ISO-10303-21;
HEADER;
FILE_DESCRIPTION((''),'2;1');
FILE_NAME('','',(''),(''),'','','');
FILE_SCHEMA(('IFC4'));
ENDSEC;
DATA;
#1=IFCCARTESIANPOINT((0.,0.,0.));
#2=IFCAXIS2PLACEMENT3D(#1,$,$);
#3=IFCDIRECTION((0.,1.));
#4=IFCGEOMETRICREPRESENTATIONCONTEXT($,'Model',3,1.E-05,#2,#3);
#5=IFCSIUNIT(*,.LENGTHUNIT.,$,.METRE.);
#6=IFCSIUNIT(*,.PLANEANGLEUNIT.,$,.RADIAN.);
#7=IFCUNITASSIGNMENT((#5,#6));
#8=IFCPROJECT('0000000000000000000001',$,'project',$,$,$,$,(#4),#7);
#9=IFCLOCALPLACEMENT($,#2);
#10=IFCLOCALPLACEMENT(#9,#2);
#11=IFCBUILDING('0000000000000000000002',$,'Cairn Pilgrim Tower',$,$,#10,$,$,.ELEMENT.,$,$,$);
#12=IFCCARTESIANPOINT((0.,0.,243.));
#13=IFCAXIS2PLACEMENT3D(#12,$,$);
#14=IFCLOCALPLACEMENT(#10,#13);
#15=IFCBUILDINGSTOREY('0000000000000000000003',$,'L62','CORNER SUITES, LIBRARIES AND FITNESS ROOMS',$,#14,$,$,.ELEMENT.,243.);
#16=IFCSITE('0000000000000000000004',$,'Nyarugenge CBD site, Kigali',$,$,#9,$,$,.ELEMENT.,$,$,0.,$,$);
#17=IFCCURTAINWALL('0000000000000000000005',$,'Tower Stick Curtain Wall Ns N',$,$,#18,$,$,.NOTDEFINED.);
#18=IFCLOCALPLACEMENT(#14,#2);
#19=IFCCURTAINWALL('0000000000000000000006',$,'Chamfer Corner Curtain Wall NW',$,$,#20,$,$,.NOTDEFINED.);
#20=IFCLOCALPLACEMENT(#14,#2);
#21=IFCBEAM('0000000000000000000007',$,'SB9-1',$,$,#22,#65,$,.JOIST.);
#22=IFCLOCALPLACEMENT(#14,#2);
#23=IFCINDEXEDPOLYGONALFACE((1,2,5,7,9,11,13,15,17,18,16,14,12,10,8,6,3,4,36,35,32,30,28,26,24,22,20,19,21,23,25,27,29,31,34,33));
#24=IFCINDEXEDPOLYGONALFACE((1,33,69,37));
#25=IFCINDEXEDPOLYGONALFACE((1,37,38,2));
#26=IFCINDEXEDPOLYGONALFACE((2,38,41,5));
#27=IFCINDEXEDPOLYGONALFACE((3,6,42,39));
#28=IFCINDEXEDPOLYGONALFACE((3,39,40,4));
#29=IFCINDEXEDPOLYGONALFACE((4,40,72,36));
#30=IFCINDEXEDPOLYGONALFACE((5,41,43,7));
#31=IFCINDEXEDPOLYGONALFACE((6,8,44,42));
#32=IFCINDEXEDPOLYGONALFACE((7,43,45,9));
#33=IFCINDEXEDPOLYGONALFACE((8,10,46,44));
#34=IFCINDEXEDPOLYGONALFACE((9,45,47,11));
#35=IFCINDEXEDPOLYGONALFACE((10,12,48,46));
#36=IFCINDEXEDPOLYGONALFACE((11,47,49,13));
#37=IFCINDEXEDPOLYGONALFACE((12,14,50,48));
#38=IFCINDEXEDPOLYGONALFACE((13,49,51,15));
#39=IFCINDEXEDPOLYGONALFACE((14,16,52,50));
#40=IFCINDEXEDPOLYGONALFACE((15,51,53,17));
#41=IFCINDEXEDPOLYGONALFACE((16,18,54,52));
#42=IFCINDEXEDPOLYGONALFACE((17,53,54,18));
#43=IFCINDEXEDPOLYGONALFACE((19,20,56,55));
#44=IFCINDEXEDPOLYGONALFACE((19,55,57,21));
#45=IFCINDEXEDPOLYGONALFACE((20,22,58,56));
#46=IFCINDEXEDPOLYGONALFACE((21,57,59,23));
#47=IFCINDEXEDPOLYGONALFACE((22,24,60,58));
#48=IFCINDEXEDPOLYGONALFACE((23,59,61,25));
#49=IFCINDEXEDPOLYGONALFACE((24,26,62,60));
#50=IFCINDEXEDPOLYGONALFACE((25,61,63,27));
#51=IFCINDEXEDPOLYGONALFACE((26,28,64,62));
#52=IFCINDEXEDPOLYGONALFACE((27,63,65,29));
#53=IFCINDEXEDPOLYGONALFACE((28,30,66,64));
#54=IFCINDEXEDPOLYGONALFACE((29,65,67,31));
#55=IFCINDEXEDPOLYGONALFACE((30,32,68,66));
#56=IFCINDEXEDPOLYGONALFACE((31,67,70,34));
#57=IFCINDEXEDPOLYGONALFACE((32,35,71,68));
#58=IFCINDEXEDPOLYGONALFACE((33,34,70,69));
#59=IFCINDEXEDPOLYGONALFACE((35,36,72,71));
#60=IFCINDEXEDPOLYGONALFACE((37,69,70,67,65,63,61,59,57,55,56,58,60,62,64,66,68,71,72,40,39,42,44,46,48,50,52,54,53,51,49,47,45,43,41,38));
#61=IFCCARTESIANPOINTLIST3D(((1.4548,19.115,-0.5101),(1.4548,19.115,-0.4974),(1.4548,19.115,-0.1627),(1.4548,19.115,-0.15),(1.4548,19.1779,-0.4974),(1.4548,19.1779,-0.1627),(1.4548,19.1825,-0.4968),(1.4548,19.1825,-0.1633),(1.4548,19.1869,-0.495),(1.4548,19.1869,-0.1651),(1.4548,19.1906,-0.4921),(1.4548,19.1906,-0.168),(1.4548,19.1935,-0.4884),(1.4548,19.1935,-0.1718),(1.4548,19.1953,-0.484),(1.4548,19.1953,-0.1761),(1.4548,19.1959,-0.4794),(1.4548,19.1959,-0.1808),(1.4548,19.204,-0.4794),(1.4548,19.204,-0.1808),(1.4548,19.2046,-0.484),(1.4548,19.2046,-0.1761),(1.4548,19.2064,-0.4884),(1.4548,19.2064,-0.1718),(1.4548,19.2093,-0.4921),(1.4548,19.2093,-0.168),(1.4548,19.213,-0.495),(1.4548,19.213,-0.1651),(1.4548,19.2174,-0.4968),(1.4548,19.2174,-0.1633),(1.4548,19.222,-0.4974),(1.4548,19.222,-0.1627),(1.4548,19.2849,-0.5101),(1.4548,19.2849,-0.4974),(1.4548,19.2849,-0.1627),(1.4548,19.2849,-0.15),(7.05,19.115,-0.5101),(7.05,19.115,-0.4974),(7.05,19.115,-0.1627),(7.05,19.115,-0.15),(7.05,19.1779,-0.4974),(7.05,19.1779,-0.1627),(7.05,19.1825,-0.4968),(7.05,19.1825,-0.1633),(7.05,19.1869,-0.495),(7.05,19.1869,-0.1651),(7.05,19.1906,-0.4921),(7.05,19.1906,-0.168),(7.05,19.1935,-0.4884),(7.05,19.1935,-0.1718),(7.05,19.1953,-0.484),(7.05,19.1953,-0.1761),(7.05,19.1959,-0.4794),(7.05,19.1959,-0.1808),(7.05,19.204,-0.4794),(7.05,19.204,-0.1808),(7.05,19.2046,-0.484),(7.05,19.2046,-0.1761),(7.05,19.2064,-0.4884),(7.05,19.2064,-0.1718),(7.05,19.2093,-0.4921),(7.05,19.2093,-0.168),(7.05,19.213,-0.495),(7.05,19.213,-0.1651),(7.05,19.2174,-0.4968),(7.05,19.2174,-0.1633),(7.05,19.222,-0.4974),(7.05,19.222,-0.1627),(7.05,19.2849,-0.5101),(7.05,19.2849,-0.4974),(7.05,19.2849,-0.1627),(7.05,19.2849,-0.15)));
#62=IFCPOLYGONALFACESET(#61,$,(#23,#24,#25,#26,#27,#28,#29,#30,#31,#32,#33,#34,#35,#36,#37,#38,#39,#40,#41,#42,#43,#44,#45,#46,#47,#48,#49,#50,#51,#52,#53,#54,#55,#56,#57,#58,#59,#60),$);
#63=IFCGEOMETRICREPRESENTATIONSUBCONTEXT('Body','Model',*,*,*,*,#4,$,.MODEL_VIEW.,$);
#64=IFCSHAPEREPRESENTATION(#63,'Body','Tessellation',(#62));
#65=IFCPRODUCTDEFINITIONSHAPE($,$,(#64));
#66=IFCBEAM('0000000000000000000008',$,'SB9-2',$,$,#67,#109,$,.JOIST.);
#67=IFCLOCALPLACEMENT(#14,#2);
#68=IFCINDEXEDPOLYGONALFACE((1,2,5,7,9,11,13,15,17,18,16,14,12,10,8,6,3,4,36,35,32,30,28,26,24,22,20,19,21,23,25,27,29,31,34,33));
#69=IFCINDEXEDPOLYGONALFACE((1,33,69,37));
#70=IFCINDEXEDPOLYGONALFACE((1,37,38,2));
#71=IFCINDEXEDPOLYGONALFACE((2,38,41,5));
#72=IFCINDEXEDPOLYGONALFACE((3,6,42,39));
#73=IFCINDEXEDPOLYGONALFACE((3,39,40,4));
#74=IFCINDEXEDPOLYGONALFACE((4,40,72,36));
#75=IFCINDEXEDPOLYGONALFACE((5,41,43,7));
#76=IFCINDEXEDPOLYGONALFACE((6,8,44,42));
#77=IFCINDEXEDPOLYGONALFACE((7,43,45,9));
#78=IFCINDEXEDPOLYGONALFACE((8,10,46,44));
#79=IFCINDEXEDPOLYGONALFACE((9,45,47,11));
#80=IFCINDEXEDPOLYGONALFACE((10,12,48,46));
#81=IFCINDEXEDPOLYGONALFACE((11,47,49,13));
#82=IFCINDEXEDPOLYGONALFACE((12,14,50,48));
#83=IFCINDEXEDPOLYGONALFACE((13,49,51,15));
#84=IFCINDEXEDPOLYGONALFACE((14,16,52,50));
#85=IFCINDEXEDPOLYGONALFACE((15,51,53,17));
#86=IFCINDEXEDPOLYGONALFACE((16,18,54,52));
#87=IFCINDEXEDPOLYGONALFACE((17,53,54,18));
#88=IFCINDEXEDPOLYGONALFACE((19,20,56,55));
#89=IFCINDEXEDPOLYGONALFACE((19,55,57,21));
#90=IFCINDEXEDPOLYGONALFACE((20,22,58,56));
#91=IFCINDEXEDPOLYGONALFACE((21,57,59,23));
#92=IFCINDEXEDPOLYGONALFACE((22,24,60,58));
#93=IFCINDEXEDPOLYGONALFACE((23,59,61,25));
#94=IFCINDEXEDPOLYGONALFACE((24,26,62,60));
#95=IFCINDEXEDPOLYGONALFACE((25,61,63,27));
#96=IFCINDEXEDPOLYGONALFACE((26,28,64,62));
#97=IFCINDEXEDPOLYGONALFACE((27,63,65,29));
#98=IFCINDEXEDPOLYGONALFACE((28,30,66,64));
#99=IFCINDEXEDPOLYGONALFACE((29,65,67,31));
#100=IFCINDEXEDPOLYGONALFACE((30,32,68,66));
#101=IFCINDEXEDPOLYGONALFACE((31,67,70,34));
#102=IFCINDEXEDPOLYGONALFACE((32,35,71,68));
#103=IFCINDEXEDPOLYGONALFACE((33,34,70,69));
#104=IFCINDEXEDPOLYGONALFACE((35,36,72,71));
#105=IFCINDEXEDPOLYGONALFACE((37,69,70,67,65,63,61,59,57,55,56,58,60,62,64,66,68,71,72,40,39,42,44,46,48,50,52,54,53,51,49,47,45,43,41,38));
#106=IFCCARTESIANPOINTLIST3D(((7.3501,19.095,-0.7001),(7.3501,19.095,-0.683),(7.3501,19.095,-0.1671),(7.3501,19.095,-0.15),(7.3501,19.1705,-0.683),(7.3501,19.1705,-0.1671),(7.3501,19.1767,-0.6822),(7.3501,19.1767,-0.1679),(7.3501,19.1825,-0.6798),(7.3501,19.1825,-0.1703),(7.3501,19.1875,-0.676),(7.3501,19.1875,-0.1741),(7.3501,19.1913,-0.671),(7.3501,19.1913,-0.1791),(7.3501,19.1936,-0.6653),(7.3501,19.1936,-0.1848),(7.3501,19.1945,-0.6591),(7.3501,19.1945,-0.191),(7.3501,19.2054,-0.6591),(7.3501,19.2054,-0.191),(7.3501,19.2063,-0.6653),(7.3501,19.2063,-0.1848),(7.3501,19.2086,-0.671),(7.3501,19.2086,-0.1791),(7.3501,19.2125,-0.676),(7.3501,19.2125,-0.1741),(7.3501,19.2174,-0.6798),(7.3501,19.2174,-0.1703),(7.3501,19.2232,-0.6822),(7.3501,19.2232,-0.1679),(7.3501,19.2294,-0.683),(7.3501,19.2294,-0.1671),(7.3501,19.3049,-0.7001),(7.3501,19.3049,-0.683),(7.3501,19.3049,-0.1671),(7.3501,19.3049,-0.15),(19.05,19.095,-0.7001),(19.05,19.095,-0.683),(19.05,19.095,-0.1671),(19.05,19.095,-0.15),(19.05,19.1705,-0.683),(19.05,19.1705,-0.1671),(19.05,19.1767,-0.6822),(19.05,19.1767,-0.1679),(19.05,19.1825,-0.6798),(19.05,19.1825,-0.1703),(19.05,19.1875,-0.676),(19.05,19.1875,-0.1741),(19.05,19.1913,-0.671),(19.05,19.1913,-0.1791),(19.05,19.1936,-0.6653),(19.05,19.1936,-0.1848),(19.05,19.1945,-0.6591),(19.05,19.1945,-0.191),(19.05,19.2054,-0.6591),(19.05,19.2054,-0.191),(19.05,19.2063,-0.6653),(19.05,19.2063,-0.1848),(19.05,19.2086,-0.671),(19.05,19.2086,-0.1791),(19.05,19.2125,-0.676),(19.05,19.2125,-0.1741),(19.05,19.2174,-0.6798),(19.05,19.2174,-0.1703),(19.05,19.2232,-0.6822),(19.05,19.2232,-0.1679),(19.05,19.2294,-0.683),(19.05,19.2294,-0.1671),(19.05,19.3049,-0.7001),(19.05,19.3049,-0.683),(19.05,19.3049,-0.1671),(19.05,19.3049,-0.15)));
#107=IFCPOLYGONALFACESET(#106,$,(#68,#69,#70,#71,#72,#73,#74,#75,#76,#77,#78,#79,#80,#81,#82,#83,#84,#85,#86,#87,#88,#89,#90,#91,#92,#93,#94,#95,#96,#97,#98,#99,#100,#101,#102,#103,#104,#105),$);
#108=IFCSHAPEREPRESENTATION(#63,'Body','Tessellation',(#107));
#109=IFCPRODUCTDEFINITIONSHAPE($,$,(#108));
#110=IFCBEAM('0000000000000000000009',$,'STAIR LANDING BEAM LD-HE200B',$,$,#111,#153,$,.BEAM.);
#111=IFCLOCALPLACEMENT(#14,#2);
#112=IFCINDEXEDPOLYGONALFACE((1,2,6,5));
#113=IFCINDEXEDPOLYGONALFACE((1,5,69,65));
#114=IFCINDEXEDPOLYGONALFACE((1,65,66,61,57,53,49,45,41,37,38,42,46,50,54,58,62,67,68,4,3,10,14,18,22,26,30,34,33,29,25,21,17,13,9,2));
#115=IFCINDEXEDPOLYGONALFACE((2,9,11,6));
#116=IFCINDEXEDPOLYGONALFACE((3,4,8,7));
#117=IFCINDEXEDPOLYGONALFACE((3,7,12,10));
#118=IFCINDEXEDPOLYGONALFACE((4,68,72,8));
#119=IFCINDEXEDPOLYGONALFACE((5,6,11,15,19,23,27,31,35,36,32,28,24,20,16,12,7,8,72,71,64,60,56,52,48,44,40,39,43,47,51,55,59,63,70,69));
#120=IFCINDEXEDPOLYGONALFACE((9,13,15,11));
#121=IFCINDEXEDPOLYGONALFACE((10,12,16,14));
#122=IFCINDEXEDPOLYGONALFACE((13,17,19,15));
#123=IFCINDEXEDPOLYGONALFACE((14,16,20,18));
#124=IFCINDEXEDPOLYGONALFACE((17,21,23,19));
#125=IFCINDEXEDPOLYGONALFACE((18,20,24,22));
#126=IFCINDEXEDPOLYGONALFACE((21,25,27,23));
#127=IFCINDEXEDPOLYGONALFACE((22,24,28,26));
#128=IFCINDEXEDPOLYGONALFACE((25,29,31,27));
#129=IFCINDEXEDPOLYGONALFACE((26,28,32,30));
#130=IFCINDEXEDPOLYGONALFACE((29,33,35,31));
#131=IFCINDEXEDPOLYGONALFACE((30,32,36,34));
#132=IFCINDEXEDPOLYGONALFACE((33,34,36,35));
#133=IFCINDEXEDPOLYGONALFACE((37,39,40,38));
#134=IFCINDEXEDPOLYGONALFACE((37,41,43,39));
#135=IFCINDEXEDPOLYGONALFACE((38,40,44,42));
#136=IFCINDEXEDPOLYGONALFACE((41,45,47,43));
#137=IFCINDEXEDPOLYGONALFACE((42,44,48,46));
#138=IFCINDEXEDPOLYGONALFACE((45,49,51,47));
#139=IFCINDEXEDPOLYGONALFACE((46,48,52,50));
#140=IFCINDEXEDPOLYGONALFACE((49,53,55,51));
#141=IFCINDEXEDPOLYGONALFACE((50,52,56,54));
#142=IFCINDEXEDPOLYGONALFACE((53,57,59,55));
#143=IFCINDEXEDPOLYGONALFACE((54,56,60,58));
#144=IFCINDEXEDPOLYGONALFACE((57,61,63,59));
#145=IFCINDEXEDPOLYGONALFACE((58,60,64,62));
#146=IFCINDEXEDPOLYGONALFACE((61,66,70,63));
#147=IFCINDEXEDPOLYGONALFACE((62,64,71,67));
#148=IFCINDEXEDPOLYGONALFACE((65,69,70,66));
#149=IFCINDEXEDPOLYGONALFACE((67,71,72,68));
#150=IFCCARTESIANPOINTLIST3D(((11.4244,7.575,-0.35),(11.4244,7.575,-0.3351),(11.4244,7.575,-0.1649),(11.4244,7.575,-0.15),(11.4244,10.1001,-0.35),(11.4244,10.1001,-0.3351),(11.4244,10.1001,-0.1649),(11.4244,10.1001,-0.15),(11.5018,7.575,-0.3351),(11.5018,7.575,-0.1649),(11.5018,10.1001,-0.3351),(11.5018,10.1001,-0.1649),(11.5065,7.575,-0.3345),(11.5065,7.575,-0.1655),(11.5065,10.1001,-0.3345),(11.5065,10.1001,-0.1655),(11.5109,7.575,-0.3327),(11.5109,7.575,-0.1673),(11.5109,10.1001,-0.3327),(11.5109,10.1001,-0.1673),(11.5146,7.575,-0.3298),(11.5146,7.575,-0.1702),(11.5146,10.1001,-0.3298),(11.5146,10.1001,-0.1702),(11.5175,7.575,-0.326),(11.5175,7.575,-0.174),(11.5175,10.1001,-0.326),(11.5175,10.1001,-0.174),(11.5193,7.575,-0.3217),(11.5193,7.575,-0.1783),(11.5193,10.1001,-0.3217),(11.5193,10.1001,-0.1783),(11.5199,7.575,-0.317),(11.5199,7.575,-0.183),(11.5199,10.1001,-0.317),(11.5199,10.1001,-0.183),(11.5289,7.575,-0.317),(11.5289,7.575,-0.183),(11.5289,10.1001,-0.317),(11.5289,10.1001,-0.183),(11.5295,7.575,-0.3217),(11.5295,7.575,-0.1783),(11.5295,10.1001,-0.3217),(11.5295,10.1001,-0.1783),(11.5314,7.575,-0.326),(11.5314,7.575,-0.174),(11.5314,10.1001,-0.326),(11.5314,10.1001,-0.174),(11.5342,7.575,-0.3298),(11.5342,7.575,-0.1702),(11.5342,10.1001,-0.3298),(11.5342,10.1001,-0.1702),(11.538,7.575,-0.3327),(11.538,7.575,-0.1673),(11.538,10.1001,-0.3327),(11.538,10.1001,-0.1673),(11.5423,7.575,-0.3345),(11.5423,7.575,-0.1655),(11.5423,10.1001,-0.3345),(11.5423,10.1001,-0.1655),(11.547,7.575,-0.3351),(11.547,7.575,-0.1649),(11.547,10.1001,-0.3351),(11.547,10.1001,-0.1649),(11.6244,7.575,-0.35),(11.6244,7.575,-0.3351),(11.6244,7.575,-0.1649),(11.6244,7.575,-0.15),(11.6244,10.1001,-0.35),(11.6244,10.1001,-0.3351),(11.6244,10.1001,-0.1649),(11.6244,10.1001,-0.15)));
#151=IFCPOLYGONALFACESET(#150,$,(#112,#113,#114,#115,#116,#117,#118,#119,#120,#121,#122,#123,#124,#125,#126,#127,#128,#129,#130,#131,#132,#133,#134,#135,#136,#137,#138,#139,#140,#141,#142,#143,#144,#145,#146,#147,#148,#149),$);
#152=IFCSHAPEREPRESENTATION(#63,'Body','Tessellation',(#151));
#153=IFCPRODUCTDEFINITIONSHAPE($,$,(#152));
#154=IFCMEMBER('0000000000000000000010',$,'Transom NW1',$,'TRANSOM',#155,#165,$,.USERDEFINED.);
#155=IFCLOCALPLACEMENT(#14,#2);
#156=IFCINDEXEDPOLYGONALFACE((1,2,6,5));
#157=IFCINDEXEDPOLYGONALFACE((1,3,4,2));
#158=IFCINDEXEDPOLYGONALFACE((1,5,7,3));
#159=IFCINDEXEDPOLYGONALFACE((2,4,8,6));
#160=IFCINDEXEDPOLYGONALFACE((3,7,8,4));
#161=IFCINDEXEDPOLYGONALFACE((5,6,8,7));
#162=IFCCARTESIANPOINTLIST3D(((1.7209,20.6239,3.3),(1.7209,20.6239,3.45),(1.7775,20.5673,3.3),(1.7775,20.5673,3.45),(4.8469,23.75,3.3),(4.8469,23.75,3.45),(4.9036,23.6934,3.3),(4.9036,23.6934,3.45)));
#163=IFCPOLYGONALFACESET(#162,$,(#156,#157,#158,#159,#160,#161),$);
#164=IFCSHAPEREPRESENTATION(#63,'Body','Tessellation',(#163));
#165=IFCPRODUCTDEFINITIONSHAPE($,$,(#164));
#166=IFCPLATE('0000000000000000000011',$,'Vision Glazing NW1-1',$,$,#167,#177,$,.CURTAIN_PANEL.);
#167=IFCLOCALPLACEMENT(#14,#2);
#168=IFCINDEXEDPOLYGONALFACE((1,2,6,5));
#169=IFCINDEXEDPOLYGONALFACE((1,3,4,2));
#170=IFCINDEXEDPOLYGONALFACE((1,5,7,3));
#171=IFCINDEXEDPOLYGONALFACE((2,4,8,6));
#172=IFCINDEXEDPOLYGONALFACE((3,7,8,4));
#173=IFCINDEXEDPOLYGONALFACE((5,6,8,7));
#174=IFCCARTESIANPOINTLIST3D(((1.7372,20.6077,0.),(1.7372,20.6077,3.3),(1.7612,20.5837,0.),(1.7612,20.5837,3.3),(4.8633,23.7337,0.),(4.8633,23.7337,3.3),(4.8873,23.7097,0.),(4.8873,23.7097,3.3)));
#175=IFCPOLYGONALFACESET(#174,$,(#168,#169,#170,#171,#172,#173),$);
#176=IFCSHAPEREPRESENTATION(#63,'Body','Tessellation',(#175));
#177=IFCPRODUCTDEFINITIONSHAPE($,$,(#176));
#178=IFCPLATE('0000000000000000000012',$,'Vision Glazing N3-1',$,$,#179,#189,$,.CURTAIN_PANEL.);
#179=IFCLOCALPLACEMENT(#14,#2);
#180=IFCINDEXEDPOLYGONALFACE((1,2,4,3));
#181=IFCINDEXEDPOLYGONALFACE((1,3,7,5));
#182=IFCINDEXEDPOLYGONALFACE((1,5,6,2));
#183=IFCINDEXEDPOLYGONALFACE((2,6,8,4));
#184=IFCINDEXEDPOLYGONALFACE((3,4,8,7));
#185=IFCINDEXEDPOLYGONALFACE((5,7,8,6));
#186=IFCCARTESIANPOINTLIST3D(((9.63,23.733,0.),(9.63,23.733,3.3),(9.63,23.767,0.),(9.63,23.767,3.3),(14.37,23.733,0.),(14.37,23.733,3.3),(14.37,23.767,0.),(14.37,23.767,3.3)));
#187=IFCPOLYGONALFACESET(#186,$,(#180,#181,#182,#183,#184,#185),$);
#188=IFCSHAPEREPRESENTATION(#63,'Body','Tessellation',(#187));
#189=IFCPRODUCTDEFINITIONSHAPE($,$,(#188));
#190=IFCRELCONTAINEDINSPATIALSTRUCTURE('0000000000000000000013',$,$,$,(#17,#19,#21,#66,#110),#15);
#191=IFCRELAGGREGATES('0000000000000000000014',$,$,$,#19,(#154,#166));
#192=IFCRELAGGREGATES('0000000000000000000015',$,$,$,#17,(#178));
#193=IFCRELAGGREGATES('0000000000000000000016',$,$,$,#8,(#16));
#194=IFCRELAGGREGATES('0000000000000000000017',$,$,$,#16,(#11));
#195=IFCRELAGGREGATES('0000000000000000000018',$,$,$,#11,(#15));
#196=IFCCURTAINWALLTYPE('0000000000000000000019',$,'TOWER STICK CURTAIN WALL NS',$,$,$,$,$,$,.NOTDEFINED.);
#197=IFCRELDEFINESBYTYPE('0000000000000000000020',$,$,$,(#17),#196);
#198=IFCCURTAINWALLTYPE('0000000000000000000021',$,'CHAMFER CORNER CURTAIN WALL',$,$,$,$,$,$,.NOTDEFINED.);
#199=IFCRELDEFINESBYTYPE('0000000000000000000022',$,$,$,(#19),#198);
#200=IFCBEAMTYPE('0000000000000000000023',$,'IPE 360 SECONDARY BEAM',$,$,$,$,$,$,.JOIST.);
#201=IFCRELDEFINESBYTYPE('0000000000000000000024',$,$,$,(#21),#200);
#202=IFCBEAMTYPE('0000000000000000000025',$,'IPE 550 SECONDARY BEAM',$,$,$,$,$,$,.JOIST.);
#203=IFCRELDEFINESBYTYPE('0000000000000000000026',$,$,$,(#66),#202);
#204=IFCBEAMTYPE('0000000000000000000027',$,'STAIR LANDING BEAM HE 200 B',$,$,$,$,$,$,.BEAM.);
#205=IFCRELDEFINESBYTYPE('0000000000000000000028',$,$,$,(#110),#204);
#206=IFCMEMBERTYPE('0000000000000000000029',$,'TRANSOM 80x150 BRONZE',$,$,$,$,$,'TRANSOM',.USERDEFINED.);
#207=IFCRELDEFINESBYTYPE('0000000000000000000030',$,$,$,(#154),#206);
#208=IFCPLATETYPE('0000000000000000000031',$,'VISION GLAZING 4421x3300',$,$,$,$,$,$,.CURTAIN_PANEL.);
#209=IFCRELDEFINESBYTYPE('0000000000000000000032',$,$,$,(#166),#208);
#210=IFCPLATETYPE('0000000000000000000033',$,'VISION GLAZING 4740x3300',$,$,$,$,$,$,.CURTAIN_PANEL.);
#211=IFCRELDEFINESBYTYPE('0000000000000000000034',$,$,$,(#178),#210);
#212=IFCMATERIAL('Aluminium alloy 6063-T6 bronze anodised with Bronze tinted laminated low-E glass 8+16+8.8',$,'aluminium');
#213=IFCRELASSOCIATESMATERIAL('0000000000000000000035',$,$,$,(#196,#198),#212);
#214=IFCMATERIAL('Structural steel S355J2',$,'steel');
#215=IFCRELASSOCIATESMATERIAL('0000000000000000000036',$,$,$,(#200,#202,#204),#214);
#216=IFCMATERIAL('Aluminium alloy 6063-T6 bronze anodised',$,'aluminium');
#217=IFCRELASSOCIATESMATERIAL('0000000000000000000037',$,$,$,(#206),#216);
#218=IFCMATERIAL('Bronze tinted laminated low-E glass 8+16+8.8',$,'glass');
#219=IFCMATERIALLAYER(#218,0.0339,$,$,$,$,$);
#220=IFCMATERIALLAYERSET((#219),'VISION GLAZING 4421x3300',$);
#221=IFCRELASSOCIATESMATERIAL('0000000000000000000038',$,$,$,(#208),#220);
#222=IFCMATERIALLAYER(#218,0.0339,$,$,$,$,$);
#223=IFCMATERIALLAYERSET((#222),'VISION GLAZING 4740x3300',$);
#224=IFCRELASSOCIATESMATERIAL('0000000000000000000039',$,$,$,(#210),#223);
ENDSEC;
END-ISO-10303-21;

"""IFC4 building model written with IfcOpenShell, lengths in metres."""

from ifc_helpers import new_model, si_unit, direction, frame, origin, origin_2d, place, context, subcontext, project, spatial, rectangle, i_section, extrude, material, layer, layer_set, material_profile, profile_set, type_object, element, aggregate, save


model = new_model("IFC4")

# Units and contexts
model_context = context("Model", 3, precision=1e-05, world=origin(), true_north=direction((0.0, 1.0)))
body_context = subcontext(model_context, "Body", "Model", "MODEL_VIEW")
ifc_project = project(units=[si_unit("LENGTHUNIT", "METRE"), si_unit("PLANEANGLEUNIT", "RADIAN")], contexts=[model_context])

# Site, building, storey
site_placement = place(None, origin())
site = spatial("IfcSite", under=ifc_project, at=site_placement, Name="Nyarugenge CBD site, Kigali", CompositionType="ELEMENT", RefElevation=0.0)
building_placement = place(site_placement, origin())
building = spatial("IfcBuilding", under=site, at=building_placement, Name="Cairn Pilgrim Tower", CompositionType="ELEMENT")
storey_placement = place(building_placement, frame((0.0, 0.0, 243.0)))
storey = spatial("IfcBuildingStorey", under=building, at=storey_placement, Name="L62", Description="CORNER SUITES, LIBRARIES AND FITNESS ROOMS", CompositionType="ELEMENT", Elevation=243.0)

# Shared definitions
ifc_material_1 = material(Name="Structural steel S355J2", Category="steel")

# Curtain wall
ifc_material_2 = material(Name="Aluminium alloy 6063-T6 bronze anodised with Bronze tinted laminated low-E glass 8+16+8.8", Category="aluminium")
curtain_wall_type_1 = type_object("IfcCurtainWallType", Name="TOWER STICK CURTAIN WALL NS", PredefinedType="NOTDEFINED", material=ifc_material_2)
curtain_wall_1_placement = place(storey_placement, origin())
curtain_wall_1 = element("IfcCurtainWall", 1, at=curtain_wall_1_placement, inside=storey, type_object=curtain_wall_type_1, Name="Tower Stick Curtain Wall Ns N", PredefinedType="NOTDEFINED")
ifc_material_3 = material(Name="Aluminium alloy 6063-T6 bronze anodised", Category="aluminium")

# Curtain wall
curtain_wall_type_2 = type_object("IfcCurtainWallType", Name="CHAMFER CORNER CURTAIN WALL", PredefinedType="NOTDEFINED", material=ifc_material_2)
curtain_wall_2_placement = place(storey_placement, origin())
curtain_wall_2 = element("IfcCurtainWall", 2, at=curtain_wall_2_placement, inside=storey, type_object=curtain_wall_type_2, Name="Chamfer Corner Curtain Wall NW", PredefinedType="NOTDEFINED")

# Beams
ifc_material_profile_1 = material_profile(ifc_material_1, i_section(OverallWidth=0.1699, OverallDepth=0.3601, WebThickness=0.0081, FlangeThickness=0.0127, FilletRadius=0.0181, at=origin_2d()), Name="IPE 360")
ifc_profile_set_1 = profile_set([ifc_material_profile_1], Name="Structural steel S355J2")
beam_type_1 = type_object("IfcBeamType", Name="IPE 360 SECONDARY BEAM", PredefinedType="JOIST", material=ifc_profile_set_1)
beam_1_placement = place(storey_placement, frame((1.4548, 19.2, -0.3301), z_axis=(1.0, 0.0, 0.0), x_axis=(0.0, 1.0, 0.0)))
element("IfcBeam", 3, at=beam_1_placement, inside=storey, type_object=beam_type_1, Name="SB9-1", PredefinedType="JOIST", context=body_context, shape_type="SweptSolid", body=[
    extrude(i_section(OverallWidth=0.1699, OverallDepth=0.3601, WebThickness=0.0081, FlangeThickness=0.0127, FilletRadius=0.0181, at=origin_2d()), origin(), (0.0, 0.0, 1.0), 5.5952),
])
ifc_material_profile_2 = material_profile(ifc_material_1, i_section(OverallWidth=0.21, OverallDepth=0.55, WebThickness=0.011, FlangeThickness=0.0171, FilletRadius=0.0239, at=origin_2d()), Name="IPE 550")
ifc_profile_set_2 = profile_set([ifc_material_profile_2], Name="Structural steel S355J2")
beam_type_2 = type_object("IfcBeamType", Name="IPE 550 SECONDARY BEAM", PredefinedType="JOIST", material=ifc_profile_set_2)
beam_2_placement = place(storey_placement, frame((7.3501, 19.2, -0.425), z_axis=(1.0, 0.0, 0.0), x_axis=(0.0, 1.0, 0.0)))
element("IfcBeam", 4, at=beam_2_placement, inside=storey, type_object=beam_type_2, Name="SB9-2", PredefinedType="JOIST", context=body_context, shape_type="SweptSolid", body=[
    extrude(i_section(OverallWidth=0.21, OverallDepth=0.55, WebThickness=0.011, FlangeThickness=0.0171, FilletRadius=0.0239, at=origin_2d()), origin(), (0.0, 0.0, 1.0), 11.7),
])
ifc_material_profile_3 = material_profile(ifc_material_1, i_section(OverallWidth=0.2, OverallDepth=0.2, WebThickness=0.009, FlangeThickness=0.0149, FilletRadius=0.0181, at=origin_2d()), Name="HE 200 B")
ifc_profile_set_3 = profile_set([ifc_material_profile_3], Name="Structural steel S355J2")
beam_type_3 = type_object("IfcBeamType", Name="STAIR LANDING BEAM HE 200 B", PredefinedType="BEAM", material=ifc_profile_set_3)
beam_3_placement = place(storey_placement, frame((11.5244, 10.1001, -0.25), z_axis=(0.0, -1.0, 0.0), x_axis=(1.0, 0.0, 0.0)))
element("IfcBeam", 5, at=beam_3_placement, inside=storey, type_object=beam_type_3, Name="STAIR LANDING BEAM LD-HE200B", PredefinedType="BEAM", context=body_context, shape_type="SweptSolid", body=[
    extrude(i_section(OverallWidth=0.2, OverallDepth=0.2, WebThickness=0.009, FlangeThickness=0.0149, FilletRadius=0.0181, at=origin_2d()), origin(), (0.0, 0.0, 1.0), 2.5251),
])

# Member
ifc_material_profile_4 = material_profile(ifc_material_3, rectangle(XDim=0.0801, YDim=0.1499, at=origin_2d()), Name="TRANSOM 80x150 BRONZE")
ifc_profile_set_4 = profile_set([ifc_material_profile_4], Name="Aluminium alloy 6063-T6 bronze anodised")
member_type_1 = type_object("IfcMemberType", Name="TRANSOM 80x150 BRONZE", ElementType="TRANSOM", PredefinedType="USERDEFINED", material=ifc_profile_set_4)
member_1_placement = place(storey_placement, frame((4.8752, 23.7217, 3.375), z_axis=(-0.707107, -0.707107, 0.0), x_axis=(0.707107, -0.707107, 0.0)))
member_1 = element("IfcMember", 6, at=member_1_placement, type_object=member_type_1, Name="Transom NW1", ObjectType="TRANSOM", PredefinedType="USERDEFINED", context=body_context, shape_type="SweptSolid", body=[
    extrude(rectangle(XDim=0.0801, YDim=0.1499, at=origin_2d()), origin(), (0.0, 0.0, 1.0), 4.4209),
])

# Plates
ifc_material_4 = material(Name="Bronze tinted laminated low-E glass 8+16+8.8", Category="glass")
ifc_layer_1 = layer(ifc_material_4, 0.0339)
ifc_layer_set_1 = layer_set([ifc_layer_1], Name="VISION GLAZING 4421x3300")
plate_type_1 = type_object("IfcPlateType", Name="VISION GLAZING 4421x3300", PredefinedType="CURTAIN_PANEL", material=ifc_layer_set_1)
plate_1_placement = place(storey_placement, frame((3.3123, 22.1587, 0.0), z_axis=(0.0, 0.0, 1.0), x_axis=(-0.707107, -0.707107, 0.0)))
plate_1 = element("IfcPlate", 7, at=plate_1_placement, type_object=plate_type_1, Name="Vision Glazing NW1-1", PredefinedType="CURTAIN_PANEL", context=body_context, shape_type="SweptSolid", body=[
    extrude(rectangle(XDim=4.4209, YDim=0.0339, at=origin_2d()), origin(), (0.0, 0.0, 1.0), 3.3),
])
aggregate(curtain_wall_2, [member_1, plate_1])
ifc_layer_2 = layer(ifc_material_4, 0.0339)
ifc_layer_set_2 = layer_set([ifc_layer_2], Name="VISION GLAZING 4740x3300")
plate_type_2 = type_object("IfcPlateType", Name="VISION GLAZING 4740x3300", PredefinedType="CURTAIN_PANEL", material=ifc_layer_set_2)
plate_2_placement = place(storey_placement, frame((12.0, 23.75, 0.0), z_axis=(0.0, 0.0, 1.0), x_axis=(-1.0, 0.0, 0.0)))
plate_2 = element("IfcPlate", 8, at=plate_2_placement, type_object=plate_type_2, Name="Vision Glazing N3-1", PredefinedType="CURTAIN_PANEL", context=body_context, shape_type="SweptSolid", body=[
    extrude(rectangle(XDim=4.74, YDim=0.0339, at=origin_2d()), origin(), (0.0, 0.0, 1.0), 3.3),
])
aggregate(curtain_wall_1, [plate_2])

save(model, "model.ifc")
